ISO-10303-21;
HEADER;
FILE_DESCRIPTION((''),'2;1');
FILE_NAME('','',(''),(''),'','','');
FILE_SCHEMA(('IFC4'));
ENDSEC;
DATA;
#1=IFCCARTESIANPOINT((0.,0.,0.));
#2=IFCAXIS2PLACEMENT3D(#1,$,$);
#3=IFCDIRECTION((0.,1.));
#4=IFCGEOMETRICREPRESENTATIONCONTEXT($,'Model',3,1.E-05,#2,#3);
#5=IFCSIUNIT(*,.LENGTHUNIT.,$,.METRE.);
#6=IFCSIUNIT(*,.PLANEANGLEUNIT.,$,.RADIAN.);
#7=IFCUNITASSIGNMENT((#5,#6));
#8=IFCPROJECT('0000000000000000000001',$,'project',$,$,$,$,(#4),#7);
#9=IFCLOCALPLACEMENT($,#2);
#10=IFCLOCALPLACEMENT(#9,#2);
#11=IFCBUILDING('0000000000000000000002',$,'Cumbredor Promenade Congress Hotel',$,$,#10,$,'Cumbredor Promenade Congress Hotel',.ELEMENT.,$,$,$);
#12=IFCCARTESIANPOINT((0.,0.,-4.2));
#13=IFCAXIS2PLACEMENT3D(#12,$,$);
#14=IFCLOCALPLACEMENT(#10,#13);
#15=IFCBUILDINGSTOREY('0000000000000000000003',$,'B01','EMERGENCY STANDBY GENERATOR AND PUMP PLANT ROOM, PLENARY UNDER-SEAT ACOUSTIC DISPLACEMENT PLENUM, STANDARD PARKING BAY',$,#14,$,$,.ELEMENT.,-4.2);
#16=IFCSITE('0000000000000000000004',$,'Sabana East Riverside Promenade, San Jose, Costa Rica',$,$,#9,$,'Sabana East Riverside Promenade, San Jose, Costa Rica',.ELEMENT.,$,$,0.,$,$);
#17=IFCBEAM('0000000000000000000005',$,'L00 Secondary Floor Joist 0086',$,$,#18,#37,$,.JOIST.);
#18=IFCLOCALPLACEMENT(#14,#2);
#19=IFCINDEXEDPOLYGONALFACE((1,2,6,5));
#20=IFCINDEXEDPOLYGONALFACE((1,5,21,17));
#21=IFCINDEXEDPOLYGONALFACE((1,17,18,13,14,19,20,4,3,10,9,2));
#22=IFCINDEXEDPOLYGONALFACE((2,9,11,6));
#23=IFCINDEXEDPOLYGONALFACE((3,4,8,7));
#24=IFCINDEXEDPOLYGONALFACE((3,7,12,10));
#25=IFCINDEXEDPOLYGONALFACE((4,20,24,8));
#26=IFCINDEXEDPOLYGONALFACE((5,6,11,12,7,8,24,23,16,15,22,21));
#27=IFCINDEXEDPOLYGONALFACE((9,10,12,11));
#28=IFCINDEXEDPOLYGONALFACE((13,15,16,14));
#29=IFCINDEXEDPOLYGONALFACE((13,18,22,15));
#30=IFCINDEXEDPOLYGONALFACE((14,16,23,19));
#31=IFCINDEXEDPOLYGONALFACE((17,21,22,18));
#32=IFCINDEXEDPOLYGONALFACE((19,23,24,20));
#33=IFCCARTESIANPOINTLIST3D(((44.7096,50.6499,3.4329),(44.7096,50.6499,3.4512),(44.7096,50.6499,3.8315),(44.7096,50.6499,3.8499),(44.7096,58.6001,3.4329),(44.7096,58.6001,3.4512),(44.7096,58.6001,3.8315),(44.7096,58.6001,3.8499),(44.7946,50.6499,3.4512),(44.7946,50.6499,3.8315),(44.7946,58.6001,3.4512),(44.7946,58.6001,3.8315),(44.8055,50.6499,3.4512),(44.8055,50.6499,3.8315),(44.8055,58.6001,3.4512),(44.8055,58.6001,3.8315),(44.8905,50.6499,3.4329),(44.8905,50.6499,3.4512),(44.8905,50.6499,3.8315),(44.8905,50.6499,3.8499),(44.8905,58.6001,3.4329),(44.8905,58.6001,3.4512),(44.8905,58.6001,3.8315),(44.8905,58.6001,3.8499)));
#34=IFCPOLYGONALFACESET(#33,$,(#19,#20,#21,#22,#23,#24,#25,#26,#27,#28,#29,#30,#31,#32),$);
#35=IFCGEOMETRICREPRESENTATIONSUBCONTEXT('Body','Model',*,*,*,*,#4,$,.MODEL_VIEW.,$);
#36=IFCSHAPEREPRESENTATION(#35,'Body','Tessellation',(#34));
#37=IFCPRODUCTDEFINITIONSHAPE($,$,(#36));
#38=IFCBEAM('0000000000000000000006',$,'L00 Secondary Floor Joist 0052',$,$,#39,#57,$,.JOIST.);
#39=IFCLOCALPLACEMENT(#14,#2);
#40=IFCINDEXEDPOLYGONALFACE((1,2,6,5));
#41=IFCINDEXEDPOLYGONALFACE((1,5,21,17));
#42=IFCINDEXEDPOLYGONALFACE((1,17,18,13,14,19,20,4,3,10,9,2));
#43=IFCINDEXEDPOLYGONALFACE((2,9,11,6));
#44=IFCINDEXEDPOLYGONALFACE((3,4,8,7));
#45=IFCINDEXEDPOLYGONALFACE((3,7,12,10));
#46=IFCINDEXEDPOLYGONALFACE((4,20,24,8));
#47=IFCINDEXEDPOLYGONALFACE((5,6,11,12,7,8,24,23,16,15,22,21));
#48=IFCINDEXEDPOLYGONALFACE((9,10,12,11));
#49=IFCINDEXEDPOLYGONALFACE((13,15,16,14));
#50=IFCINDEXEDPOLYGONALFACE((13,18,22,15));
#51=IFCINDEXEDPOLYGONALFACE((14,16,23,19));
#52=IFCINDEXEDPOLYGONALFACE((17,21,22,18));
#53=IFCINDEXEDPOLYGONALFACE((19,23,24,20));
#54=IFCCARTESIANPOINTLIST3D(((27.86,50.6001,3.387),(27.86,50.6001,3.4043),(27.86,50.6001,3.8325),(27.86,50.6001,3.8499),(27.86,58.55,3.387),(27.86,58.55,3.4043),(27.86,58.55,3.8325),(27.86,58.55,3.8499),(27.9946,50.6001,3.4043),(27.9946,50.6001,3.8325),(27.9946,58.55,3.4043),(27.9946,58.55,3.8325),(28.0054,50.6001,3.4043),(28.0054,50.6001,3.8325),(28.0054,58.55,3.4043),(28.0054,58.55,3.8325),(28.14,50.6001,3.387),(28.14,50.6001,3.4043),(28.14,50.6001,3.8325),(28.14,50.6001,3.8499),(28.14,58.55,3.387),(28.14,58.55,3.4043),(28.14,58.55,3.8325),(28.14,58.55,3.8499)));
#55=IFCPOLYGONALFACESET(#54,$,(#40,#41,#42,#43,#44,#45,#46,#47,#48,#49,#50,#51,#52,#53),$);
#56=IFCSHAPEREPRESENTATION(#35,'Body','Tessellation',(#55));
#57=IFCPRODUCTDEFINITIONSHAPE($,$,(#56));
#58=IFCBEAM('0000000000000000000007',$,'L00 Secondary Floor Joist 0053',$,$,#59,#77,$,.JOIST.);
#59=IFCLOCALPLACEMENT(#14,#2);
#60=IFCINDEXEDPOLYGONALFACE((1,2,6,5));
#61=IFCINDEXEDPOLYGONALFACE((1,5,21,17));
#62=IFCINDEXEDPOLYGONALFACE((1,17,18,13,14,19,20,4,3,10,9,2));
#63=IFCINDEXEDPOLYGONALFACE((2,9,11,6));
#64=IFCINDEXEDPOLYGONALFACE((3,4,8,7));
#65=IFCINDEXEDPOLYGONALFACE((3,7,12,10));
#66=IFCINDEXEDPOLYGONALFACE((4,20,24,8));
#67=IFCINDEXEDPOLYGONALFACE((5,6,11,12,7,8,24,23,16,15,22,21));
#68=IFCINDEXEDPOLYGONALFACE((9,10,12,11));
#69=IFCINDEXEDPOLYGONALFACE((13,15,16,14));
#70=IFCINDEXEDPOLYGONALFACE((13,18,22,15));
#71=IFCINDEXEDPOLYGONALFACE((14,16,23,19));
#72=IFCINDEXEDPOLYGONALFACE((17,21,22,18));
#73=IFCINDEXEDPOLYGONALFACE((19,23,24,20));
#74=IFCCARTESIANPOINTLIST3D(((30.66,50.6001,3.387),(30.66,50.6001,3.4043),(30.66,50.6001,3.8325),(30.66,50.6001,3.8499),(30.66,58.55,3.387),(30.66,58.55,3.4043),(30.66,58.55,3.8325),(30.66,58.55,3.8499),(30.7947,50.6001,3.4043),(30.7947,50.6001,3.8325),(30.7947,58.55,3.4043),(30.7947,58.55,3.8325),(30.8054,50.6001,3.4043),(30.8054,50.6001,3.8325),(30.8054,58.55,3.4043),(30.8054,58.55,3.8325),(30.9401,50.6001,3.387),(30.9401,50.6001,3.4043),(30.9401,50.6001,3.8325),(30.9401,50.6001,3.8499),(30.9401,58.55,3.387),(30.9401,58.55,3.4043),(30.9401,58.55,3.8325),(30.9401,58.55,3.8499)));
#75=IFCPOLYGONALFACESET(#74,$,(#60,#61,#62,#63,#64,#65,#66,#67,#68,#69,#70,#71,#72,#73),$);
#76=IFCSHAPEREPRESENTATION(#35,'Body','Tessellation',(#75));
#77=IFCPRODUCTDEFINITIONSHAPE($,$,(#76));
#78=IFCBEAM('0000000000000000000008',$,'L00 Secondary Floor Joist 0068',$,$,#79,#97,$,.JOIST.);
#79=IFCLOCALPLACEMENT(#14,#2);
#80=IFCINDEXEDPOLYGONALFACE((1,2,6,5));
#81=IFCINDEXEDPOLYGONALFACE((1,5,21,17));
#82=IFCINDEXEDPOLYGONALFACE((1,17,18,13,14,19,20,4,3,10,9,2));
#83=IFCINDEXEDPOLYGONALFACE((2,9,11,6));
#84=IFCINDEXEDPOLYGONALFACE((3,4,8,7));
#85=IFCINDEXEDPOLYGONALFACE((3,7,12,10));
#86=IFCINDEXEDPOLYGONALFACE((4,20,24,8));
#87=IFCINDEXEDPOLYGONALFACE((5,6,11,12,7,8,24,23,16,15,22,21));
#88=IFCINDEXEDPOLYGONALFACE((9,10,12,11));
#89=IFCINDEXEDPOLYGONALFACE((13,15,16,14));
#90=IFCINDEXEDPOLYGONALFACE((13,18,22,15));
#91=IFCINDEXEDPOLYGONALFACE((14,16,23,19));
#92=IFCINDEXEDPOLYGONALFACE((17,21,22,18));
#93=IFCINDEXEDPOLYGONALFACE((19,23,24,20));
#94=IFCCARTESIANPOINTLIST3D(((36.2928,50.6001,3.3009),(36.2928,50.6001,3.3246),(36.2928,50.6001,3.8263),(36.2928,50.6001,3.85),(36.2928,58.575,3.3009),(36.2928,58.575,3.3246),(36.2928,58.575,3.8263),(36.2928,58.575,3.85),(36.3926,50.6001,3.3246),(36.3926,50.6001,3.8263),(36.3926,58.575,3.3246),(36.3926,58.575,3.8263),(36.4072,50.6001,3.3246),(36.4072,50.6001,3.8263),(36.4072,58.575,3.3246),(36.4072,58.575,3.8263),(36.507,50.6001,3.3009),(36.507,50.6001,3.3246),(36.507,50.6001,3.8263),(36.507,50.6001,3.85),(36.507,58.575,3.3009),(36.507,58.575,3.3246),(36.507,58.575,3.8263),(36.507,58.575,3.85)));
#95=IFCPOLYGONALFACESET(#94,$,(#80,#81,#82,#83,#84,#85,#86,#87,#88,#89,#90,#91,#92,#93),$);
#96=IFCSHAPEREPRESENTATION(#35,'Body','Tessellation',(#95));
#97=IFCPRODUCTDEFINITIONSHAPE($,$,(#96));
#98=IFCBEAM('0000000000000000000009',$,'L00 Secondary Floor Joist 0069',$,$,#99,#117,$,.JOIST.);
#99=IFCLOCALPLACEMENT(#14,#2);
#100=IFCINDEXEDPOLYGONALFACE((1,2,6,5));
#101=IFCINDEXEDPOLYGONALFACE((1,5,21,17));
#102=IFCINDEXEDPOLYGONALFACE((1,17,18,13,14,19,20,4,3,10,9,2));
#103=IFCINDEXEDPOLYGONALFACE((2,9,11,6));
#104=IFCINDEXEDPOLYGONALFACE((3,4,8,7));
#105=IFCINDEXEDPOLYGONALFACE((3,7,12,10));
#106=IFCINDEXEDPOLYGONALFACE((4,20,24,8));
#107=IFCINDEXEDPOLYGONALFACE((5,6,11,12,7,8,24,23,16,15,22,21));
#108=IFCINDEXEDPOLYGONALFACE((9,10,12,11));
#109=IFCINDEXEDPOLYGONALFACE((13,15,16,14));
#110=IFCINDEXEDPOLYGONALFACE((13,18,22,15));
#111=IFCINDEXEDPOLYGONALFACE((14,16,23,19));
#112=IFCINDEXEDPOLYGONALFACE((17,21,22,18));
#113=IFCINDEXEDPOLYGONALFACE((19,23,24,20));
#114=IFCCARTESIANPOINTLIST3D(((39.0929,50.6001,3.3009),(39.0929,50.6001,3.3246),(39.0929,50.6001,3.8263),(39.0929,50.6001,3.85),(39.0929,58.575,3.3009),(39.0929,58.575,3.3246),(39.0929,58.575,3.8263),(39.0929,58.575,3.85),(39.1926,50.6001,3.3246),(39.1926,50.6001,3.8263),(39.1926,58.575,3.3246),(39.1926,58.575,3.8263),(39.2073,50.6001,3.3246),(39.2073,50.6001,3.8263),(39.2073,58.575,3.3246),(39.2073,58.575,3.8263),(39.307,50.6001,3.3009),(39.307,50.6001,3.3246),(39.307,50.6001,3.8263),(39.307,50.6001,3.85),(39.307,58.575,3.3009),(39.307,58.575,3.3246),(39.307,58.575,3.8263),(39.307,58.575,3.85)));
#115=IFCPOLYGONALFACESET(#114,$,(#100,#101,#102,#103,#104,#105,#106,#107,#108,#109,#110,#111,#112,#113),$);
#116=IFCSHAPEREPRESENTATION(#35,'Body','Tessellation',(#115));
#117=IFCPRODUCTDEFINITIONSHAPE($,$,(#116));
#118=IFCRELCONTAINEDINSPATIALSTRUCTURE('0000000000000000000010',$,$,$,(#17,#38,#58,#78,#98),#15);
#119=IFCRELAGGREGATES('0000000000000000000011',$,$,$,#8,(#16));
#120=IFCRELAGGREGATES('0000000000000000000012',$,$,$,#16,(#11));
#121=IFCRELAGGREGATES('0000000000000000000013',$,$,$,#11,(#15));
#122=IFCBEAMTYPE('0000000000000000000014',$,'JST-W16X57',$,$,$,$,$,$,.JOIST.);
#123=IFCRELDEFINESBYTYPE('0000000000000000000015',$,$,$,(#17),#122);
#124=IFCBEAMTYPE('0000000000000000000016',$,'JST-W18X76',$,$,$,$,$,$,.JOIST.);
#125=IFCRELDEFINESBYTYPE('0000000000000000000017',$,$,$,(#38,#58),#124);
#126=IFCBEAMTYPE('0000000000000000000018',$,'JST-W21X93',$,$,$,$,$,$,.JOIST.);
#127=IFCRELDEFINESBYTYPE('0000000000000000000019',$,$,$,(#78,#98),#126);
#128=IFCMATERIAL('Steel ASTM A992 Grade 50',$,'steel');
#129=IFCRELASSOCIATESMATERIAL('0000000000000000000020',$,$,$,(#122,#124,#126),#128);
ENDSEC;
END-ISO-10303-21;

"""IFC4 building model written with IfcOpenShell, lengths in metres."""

from ifc_helpers import new_model, si_unit, direction, frame, origin, origin_2d, place, context, subcontext, project, spatial, i_section, extrude, material, material_profile, profile_set, type_object, element, save


model = new_model("IFC4")

# Units and contexts
model_context = context("Model", 3, precision=1e-05, world=origin(), true_north=direction((0.0, 1.0)))
body_context = subcontext(model_context, "Body", "Model", "MODEL_VIEW")
ifc_project = project(units=[si_unit("LENGTHUNIT", "METRE"), si_unit("PLANEANGLEUNIT", "RADIAN")], contexts=[model_context])

# Site, building, storey
site_placement = place(None, origin())
site = spatial("IfcSite", under=ifc_project, at=site_placement, Name="Sabana East Riverside Promenade, San Jose, Costa Rica", LongName="Sabana East Riverside Promenade, San Jose, Costa Rica", CompositionType="ELEMENT", RefElevation=0.0)
building_placement = place(site_placement, origin())
building = spatial("IfcBuilding", under=site, at=building_placement, Name="Cumbredor Promenade Congress Hotel", LongName="Cumbredor Promenade Congress Hotel", CompositionType="ELEMENT")
storey_placement = place(building_placement, frame((0.0, 0.0, -4.2)))
storey = spatial("IfcBuildingStorey", under=building, at=storey_placement, Name="B01", Description="EMERGENCY STANDBY GENERATOR AND PUMP PLANT ROOM, PLENARY UNDER-SEAT ACOUSTIC DISPLACEMENT PLENUM, STANDARD PARKING BAY", CompositionType="ELEMENT", Elevation=-4.2)

# Beams
ifc_material_1 = material(Name="Steel ASTM A992 Grade 50", Category="steel")
ifc_material_profile_1 = material_profile(ifc_material_1, i_section(OverallWidth=0.1809, OverallDepth=0.417, WebThickness=0.011, FlangeThickness=0.0183, at=origin_2d()), Name="W16X57")
ifc_profile_set_1 = profile_set([ifc_material_profile_1], Name="Steel ASTM A992 Grade 50")
beam_type_1 = type_object("IfcBeamType", Name="JST-W16X57", PredefinedType="JOIST", material=ifc_profile_set_1)
beam_1_placement = place(storey_placement, frame((44.8, 50.6499, 3.6414), z_axis=(0.0, 1.0, 0.0), x_axis=(-1.0, 0.0, 0.0)))
element("IfcBeam", 1, at=beam_1_placement, inside=storey, type_object=beam_type_1, Name="L00 Secondary Floor Joist 0086", PredefinedType="JOIST", context=body_context, shape_type="SweptSolid", body=[
    extrude(i_section(OverallWidth=0.1809, OverallDepth=0.417, WebThickness=0.011, FlangeThickness=0.0183, at=origin_2d()), origin(), (0.0, 0.0, 1.0), 7.9502),
])
ifc_material_profile_2 = material_profile(ifc_material_1, i_section(OverallWidth=0.28, OverallDepth=0.4629, WebThickness=0.0107, FlangeThickness=0.0173, at=origin_2d()), Name="W18X76")
ifc_profile_set_2 = profile_set([ifc_material_profile_2], Name="Steel ASTM A992 Grade 50")
beam_type_2 = type_object("IfcBeamType", Name="JST-W18X76", PredefinedType="JOIST", material=ifc_profile_set_2)
for number, where, z_axis, x_axis, name in (
    (2, (28.0, 50.6001, 3.6184), (0.0, 1.0, 0.0), (-1.0, 0.0, 0.0), "L00 Secondary Floor Joist 0052"),
    (3, (30.8, 50.6001, 3.6184), (0.0, 1.0, 0.0), (-1.0, 0.0, 0.0), "L00 Secondary Floor Joist 0053"),
):
    element("IfcBeam", number, at=place(storey_placement, frame(where, z_axis=z_axis, x_axis=x_axis)), inside=storey, type_object=beam_type_2, Name=name, PredefinedType="JOIST", context=body_context, shape_type="SweptSolid", body=[
        extrude(i_section(OverallWidth=0.28, OverallDepth=0.4629, WebThickness=0.0107, FlangeThickness=0.0173, at=origin_2d()), origin(), (0.0, 0.0, 1.0), 7.95),
    ])
ifc_material_profile_3 = material_profile(ifc_material_1, i_section(OverallWidth=0.2141, OverallDepth=0.5491, WebThickness=0.0146, FlangeThickness=0.0237, at=origin_2d()), Name="W21X93")
ifc_profile_set_3 = profile_set([ifc_material_profile_3], Name="Steel ASTM A992 Grade 50")
beam_type_3 = type_object("IfcBeamType", Name="JST-W21X93", PredefinedType="JOIST", material=ifc_profile_set_3)
for number, where, z_axis, x_axis, name in (
    (4, (36.3999, 50.6001, 3.5754), (0.0, 1.0, 0.0), (-1.0, 0.0, 0.0), "L00 Secondary Floor Joist 0068"),
    (5, (39.2, 50.6001, 3.5754), (0.0, 1.0, 0.0), (-1.0, 0.0, 0.0), "L00 Secondary Floor Joist 0069"),
):
    element("IfcBeam", number, at=place(storey_placement, frame(where, z_axis=z_axis, x_axis=x_axis)), inside=storey, type_object=beam_type_3, Name=name, PredefinedType="JOIST", context=body_context, shape_type="SweptSolid", body=[
        extrude(i_section(OverallWidth=0.2141, OverallDepth=0.5491, WebThickness=0.0146, FlangeThickness=0.0237, at=origin_2d()), origin(), (0.0, 0.0, 1.0), 7.9749),
    ])

save(model, "model.ifc")
